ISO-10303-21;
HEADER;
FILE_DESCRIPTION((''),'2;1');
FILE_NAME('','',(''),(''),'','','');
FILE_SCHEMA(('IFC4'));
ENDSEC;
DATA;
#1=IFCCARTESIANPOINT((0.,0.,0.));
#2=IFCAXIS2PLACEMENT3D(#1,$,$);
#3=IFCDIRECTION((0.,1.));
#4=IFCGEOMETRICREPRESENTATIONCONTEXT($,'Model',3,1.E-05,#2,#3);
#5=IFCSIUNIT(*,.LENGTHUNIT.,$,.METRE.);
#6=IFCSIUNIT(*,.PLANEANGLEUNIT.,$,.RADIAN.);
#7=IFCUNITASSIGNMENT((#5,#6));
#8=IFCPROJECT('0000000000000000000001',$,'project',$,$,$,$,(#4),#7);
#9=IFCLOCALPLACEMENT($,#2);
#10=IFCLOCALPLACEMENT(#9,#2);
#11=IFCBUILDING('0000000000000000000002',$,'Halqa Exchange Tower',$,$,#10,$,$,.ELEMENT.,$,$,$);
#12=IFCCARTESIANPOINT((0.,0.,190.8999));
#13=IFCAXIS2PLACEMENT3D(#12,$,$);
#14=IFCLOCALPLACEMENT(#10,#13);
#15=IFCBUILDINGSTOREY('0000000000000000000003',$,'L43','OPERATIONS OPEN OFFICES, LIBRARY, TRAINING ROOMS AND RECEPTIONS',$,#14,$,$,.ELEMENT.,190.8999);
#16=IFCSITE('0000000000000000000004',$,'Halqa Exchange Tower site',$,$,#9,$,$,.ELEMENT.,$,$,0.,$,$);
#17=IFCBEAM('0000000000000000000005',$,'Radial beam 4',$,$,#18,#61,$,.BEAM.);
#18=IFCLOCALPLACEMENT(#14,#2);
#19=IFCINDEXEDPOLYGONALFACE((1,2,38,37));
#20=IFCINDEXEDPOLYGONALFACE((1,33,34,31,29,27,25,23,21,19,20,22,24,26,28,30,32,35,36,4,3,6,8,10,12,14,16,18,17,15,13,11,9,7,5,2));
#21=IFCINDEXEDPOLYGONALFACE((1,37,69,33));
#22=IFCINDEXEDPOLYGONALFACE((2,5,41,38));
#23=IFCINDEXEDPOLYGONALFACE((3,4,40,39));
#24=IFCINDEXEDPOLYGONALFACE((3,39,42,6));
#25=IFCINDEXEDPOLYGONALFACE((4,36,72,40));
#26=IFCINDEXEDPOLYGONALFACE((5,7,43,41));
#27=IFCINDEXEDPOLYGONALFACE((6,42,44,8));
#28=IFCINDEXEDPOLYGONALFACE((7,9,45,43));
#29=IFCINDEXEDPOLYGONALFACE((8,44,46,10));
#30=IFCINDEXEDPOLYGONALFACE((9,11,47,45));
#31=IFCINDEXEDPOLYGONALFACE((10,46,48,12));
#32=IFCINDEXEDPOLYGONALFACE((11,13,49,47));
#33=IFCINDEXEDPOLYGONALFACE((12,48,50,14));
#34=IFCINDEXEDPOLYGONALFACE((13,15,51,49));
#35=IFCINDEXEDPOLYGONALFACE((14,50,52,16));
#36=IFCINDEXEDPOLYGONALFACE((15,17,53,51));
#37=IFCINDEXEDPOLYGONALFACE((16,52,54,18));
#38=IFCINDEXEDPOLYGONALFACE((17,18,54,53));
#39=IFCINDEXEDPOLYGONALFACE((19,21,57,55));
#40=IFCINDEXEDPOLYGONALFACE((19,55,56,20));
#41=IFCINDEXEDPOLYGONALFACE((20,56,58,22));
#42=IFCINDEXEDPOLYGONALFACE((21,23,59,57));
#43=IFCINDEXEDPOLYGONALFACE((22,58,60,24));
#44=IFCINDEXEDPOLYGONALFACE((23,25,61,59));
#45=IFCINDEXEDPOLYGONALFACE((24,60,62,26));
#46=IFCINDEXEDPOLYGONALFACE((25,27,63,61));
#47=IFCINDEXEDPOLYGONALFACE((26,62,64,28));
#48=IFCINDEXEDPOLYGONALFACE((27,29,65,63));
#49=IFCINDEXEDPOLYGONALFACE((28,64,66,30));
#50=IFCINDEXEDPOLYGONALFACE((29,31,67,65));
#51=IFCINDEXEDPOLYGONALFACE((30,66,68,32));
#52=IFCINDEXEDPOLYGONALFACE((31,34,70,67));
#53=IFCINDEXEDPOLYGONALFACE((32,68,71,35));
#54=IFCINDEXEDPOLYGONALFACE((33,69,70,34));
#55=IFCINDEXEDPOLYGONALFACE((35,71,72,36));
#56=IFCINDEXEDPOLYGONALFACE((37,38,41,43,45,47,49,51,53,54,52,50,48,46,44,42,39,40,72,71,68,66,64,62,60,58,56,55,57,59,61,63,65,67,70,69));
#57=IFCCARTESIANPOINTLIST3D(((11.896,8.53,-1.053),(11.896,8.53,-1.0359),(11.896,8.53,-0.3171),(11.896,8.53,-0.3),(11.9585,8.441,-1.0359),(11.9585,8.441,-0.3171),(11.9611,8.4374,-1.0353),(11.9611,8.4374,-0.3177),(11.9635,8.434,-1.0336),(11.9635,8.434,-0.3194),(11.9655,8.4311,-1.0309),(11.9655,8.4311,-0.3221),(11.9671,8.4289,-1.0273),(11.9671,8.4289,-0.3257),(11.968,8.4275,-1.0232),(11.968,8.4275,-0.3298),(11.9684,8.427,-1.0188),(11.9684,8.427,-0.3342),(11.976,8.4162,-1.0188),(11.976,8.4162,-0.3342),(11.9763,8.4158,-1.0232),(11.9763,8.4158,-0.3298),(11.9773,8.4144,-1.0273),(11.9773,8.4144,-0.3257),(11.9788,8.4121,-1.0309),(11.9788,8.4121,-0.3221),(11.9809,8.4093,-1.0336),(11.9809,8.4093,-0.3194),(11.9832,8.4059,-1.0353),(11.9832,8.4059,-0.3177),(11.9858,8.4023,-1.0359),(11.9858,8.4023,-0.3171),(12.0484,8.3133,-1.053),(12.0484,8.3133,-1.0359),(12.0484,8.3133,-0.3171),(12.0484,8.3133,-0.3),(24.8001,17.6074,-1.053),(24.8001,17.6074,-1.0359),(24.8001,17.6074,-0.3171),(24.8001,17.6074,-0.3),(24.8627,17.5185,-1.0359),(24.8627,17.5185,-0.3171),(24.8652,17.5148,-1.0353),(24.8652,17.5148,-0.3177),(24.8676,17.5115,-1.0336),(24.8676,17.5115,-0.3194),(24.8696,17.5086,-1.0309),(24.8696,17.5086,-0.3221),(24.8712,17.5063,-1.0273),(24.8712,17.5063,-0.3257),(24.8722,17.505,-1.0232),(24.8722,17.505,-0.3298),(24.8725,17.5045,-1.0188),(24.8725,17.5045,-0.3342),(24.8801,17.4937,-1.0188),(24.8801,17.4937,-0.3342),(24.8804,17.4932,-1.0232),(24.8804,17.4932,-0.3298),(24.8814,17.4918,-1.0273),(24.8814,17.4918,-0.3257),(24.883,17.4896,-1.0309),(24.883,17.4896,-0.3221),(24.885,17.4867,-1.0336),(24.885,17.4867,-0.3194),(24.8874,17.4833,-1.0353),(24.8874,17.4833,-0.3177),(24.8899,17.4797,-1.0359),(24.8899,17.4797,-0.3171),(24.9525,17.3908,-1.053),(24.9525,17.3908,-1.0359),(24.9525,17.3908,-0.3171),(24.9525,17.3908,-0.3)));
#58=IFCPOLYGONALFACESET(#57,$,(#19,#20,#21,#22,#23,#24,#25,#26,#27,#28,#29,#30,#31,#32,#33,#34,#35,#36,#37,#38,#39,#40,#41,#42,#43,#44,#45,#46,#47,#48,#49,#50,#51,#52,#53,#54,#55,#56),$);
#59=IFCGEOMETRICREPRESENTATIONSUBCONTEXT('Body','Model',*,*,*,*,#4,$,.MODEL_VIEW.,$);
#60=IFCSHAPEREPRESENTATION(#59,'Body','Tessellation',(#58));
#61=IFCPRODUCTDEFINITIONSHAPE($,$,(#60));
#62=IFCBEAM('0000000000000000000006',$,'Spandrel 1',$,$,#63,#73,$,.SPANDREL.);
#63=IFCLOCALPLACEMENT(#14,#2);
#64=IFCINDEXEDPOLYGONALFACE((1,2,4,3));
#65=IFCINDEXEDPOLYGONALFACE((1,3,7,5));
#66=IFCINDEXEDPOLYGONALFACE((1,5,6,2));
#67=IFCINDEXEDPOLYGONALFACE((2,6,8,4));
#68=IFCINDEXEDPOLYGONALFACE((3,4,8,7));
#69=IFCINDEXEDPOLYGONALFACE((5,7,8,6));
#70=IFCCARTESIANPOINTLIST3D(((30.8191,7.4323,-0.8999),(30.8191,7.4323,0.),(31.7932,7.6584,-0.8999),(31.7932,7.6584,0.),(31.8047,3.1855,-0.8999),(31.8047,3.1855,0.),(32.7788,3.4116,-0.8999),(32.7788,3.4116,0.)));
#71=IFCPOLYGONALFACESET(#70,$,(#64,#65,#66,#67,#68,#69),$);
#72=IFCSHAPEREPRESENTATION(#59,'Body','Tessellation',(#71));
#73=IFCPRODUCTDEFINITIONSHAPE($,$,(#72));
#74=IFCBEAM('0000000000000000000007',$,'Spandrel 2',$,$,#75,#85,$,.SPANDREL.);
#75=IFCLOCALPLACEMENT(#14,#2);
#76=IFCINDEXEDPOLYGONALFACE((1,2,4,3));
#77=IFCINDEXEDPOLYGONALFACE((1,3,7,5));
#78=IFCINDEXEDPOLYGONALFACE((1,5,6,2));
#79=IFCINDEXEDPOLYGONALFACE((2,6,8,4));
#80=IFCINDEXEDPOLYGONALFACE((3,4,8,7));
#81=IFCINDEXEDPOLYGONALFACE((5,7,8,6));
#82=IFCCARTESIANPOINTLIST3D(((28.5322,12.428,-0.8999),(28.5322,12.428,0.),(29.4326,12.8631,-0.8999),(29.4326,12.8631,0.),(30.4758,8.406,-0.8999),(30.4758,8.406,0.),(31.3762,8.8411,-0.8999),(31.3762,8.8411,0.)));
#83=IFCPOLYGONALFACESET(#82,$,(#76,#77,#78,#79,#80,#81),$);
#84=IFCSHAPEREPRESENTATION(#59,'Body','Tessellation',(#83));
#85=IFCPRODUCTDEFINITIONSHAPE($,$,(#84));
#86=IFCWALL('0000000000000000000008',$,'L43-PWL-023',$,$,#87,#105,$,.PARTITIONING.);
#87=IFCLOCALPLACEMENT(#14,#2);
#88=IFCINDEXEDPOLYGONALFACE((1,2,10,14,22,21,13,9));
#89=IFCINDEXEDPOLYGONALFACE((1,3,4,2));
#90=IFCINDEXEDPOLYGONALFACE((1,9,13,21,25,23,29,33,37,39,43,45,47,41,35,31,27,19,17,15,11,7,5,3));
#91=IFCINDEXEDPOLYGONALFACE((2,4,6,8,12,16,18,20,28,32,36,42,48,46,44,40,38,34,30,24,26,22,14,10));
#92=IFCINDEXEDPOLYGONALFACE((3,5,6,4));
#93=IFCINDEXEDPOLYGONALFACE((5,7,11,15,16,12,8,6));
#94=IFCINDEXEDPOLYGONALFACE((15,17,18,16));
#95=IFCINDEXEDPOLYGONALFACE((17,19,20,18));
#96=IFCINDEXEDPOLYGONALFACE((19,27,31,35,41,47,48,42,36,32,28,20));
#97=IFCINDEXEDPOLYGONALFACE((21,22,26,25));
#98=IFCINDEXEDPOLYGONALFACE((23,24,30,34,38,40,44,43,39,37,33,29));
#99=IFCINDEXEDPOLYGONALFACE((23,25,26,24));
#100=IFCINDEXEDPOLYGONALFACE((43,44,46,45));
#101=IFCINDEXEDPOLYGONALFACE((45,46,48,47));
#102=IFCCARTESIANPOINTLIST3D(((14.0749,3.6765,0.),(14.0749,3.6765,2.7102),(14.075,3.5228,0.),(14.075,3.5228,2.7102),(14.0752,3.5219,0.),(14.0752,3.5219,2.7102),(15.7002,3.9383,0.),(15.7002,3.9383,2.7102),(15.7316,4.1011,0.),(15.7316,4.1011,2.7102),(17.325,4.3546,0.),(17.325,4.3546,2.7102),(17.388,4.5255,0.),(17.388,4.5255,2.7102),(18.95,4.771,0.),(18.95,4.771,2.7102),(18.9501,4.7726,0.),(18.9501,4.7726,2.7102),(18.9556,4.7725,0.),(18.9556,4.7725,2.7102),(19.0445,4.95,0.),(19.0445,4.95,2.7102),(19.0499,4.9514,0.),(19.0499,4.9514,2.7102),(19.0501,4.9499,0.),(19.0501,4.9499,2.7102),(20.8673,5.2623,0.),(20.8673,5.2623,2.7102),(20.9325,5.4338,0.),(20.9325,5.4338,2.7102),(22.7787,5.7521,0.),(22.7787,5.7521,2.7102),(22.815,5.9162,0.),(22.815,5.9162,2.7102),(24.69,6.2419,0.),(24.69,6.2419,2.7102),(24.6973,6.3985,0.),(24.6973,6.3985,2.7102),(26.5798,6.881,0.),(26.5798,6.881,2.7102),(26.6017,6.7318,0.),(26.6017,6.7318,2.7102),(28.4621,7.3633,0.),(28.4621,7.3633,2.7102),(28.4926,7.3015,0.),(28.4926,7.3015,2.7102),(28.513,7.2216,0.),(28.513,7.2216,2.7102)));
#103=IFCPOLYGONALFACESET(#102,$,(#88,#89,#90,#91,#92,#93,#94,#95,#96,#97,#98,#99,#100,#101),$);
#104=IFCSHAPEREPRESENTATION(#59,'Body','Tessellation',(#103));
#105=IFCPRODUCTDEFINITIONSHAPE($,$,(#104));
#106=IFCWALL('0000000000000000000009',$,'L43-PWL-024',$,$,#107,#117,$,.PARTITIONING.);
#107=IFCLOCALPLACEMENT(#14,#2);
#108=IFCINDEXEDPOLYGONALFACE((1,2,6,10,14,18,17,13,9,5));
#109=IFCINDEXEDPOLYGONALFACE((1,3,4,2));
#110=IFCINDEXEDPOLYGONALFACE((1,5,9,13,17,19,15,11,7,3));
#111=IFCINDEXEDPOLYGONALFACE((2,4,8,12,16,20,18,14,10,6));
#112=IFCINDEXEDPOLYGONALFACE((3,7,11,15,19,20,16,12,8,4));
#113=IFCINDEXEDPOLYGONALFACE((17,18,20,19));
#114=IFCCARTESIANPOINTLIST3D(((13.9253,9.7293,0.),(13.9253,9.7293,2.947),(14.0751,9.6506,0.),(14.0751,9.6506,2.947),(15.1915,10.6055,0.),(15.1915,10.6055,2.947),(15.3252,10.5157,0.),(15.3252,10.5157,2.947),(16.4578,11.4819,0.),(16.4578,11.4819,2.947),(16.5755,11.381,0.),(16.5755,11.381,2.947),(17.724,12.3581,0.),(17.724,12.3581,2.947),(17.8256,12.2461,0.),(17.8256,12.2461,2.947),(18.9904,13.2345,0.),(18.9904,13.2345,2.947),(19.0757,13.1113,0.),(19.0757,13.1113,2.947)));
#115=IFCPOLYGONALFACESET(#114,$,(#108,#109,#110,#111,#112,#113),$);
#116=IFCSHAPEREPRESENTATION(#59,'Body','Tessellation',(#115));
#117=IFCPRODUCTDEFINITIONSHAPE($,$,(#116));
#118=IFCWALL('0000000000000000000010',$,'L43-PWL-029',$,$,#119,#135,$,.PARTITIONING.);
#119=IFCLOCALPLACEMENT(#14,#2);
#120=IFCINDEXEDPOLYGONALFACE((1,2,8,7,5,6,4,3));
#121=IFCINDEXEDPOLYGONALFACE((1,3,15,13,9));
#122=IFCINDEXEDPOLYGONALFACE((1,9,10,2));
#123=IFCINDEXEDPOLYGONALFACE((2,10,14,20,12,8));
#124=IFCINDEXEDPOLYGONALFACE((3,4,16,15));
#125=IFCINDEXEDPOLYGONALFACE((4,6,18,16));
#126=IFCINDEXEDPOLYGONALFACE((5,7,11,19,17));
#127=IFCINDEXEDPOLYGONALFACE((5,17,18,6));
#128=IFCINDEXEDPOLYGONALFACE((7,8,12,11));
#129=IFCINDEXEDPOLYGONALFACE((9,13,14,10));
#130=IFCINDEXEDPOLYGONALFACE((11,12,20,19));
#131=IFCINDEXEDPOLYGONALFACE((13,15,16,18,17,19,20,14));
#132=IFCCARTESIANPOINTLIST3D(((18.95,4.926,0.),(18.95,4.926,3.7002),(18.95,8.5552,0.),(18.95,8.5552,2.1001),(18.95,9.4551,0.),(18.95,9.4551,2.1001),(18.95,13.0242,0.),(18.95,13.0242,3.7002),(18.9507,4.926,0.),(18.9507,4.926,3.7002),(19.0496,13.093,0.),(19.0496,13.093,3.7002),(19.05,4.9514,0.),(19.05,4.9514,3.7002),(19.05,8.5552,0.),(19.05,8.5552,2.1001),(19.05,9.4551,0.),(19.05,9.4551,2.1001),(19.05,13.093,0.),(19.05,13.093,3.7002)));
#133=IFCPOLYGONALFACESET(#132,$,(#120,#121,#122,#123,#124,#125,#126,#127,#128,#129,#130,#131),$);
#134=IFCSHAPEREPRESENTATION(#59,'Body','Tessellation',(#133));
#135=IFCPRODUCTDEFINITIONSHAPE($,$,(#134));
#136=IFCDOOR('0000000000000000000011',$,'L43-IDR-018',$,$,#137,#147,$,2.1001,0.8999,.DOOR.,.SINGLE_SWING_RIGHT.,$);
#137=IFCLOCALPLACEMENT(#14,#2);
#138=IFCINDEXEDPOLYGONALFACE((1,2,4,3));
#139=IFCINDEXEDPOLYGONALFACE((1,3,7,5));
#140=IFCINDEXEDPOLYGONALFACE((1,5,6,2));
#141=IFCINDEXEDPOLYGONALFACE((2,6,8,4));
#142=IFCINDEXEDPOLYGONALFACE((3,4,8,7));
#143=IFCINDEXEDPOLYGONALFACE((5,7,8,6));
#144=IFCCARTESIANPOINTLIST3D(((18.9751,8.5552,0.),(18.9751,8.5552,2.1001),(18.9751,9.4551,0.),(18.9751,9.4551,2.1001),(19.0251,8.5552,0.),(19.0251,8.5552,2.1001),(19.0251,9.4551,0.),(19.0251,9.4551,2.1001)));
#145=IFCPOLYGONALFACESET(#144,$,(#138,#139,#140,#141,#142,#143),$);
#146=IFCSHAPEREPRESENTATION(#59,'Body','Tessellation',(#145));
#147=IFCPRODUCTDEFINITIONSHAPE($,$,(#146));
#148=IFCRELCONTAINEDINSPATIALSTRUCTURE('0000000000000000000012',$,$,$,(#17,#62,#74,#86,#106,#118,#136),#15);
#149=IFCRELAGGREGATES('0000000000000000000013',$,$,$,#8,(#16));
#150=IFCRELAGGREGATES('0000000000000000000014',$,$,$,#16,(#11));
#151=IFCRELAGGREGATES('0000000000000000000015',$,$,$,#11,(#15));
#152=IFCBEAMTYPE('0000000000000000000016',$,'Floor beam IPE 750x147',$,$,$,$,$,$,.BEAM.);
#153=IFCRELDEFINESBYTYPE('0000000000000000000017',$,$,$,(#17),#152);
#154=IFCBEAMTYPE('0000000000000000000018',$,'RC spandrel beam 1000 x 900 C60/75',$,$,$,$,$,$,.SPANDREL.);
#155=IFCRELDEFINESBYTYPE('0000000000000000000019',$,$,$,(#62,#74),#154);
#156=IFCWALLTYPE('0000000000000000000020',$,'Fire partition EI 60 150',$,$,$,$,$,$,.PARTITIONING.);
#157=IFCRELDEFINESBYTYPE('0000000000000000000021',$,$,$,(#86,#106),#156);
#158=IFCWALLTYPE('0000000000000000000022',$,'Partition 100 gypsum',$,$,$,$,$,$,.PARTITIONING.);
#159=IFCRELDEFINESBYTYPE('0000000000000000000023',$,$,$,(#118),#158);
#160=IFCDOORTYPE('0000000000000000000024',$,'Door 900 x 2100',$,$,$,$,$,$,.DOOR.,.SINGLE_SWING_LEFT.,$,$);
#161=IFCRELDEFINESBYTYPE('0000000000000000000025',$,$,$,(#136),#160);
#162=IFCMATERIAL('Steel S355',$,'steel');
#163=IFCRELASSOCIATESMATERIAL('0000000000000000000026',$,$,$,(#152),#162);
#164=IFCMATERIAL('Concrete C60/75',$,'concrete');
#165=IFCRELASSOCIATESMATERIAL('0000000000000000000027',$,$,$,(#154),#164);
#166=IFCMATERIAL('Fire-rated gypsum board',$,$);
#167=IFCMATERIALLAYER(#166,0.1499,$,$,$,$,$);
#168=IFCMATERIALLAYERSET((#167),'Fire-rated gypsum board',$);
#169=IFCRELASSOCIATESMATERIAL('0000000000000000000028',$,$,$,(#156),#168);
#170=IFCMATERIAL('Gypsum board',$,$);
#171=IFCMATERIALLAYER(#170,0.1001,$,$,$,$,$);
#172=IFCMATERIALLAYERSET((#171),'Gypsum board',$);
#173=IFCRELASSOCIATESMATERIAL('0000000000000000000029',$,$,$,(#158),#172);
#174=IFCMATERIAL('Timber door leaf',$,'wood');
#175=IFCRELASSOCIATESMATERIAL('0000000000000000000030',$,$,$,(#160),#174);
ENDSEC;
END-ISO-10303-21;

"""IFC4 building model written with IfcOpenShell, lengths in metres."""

from ifc_helpers import new_model, si_unit, direction, frame, frame_2d, origin, origin_2d, place, context, subcontext, project, spatial, polyline, rectangle, i_section, outline, extrude, material, layer, layer_set, material_profile, profile_set, type_object, element, fill, save


model = new_model("IFC4")

# Units and contexts
model_context = context("Model", 3, precision=1e-05, world=origin(), true_north=direction((0.0, 1.0)))
body_context = subcontext(model_context, "Body", "Model", "MODEL_VIEW")
ifc_project = project(units=[si_unit("LENGTHUNIT", "METRE"), si_unit("PLANEANGLEUNIT", "RADIAN")], contexts=[model_context])

# Site, building, storey
site_placement = place(None, origin())
site = spatial("IfcSite", under=ifc_project, at=site_placement, Name="Halqa Exchange Tower site", CompositionType="ELEMENT", RefElevation=0.0)
building_placement = place(site_placement, origin())
building = spatial("IfcBuilding", under=site, at=building_placement, Name="Halqa Exchange Tower", CompositionType="ELEMENT")
storey_placement = place(building_placement, frame((0.0, 0.0, 190.8999)))
storey = spatial("IfcBuildingStorey", under=building, at=storey_placement, Name="L43", Description="OPERATIONS OPEN OFFICES, LIBRARY, TRAINING ROOMS AND RECEPTIONS", CompositionType="ELEMENT", Elevation=190.8999)

# Shared definitions
ifc_material_1 = material(Name="Concrete C60/75", Category="concrete")

# Beams
ifc_material_2 = material(Name="Steel S355", Category="steel")
ifc_material_profile_1 = material_profile(ifc_material_2, i_section(OverallWidth=0.2649, OverallDepth=0.7529, WebThickness=0.0132, FlangeThickness=0.0171, FilletRadius=0.0171, at=origin_2d()), Name="IPE 750x147")
ifc_profile_set_1 = profile_set([ifc_material_profile_1], Name="Steel S355")
beam_type_1 = type_object("IfcBeamType", Name="Floor beam IPE 750x147", PredefinedType="BEAM", material=ifc_profile_set_1)
beam_1_placement = place(storey_placement, frame((11.9722, 8.4216, -0.6765), z_axis=(0.817903, 0.575356, 0.0), x_axis=(-0.575356, 0.817903, 0.0)))
element("IfcBeam", 1, at=beam_1_placement, inside=storey, type_object=beam_type_1, Name="Radial beam 4", PredefinedType="BEAM", context=body_context, shape_type="SweptSolid", body=[
    extrude(i_section(OverallWidth=0.2649, OverallDepth=0.7529, WebThickness=0.0132, FlangeThickness=0.0171, FilletRadius=0.0171, at=origin_2d()), origin(), (0.0, 0.0, 1.0), 15.7771),
])
ifc_material_profile_2 = material_profile(ifc_material_1, rectangle(XDim=1.0, YDim=0.8999, at=origin_2d()), Name="1000 x 900")
ifc_profile_set_2 = profile_set([ifc_material_profile_2], Name="Concrete C60/75")
beam_type_2 = type_object("IfcBeamType", Name="RC spandrel beam 1000 x 900 C60/75", PredefinedType="SPANDREL", material=ifc_profile_set_2)
beam_2_placement = place(storey_placement, frame((32.2917, 3.2986, -0.45), z_axis=(-0.22607, 0.974111, 0.0), x_axis=(-0.974111, -0.22607, 0.0)))
element("IfcBeam", 2, at=beam_2_placement, inside=storey, type_object=beam_type_2, Name="Spandrel 1", PredefinedType="SPANDREL", context=body_context, shape_type="SweptSolid", body=[
    extrude(rectangle(XDim=1.0, YDim=0.8999, at=origin_2d()), origin(), (0.0, 0.0, 1.0), 4.3596),
])
beam_3_placement = place(storey_placement, frame((30.926, 8.6235, -0.45), z_axis=(-0.435105, 0.90038, 0.0), x_axis=(-0.90038, -0.435105, 0.0)))
element("IfcBeam", 3, at=beam_3_placement, inside=storey, type_object=beam_type_2, Name="Spandrel 2", PredefinedType="SPANDREL", context=body_context, shape_type="SweptSolid", body=[
    extrude(rectangle(XDim=1.0, YDim=0.8999, at=origin_2d()), origin(), (0.0, 0.0, 1.0), 4.467),
])

# Walls
ifc_material_3 = material(Name="Fire-rated gypsum board")
ifc_layer_1 = layer(ifc_material_3, 0.1499)
ifc_layer_set_1 = layer_set([ifc_layer_1], Name="Fire-rated gypsum board")
wall_type_1 = type_object("IfcWallType", Name="Fire partition EI 60 150", PredefinedType="PARTITIONING", material=ifc_layer_set_1)
wall_1_placement = place(storey_placement, frame((14.0566, 3.5945, 0.0), z_axis=(0.0, 0.0, 1.0), x_axis=(0.968701, 0.248232, 0.0)))
element("IfcWall", 4, at=wall_1_placement, inside=storey, type_object=wall_type_1, Name="L43-PWL-023", PredefinedType="PARTITIONING", context=body_context, shape_type="SweptSolid", body=[
    extrude(outline(polyline([(0.0, -0.075), (1.6775, -0.075), (3.3547, -0.075), (5.0322, -0.075), (5.0327, -0.0735), (5.0381, -0.075), (7.0115, -0.075), (8.9846, -0.075), (10.9578, -0.075), (12.9312, -0.075), (14.9043, -0.075), (14.9043, 0.0076), (14.8901, 0.075), (12.947, 0.075), (11.0037, 0.075), (9.0605, 0.075), (7.1172, 0.075), (5.1738, 0.075), (5.1736, 0.0735), (5.1682, 0.075), (3.4583, 0.075), (1.7483, 0.075), (0.0381, 0.075), (0.0, -0.074), (0.0, -0.075)])), origin(), (0.0, 0.0, 1.0), 2.7102),
])
wall_2_placement = place(storey_placement, frame((13.9678, 9.6675, 0.0), z_axis=(0.0, 0.0, 1.0), x_axis=(0.822291, 0.569068, 0.0)))
element("IfcWall", 5, at=wall_2_placement, inside=storey, type_object=wall_type_1, Name="L43-PWL-024", PredefinedType="PARTITIONING", context=body_context, shape_type="SweptSolid", body=[
    extrude(outline(polyline([(6.1599, 0.075), (4.6199, 0.075), (3.0801, 0.075), (1.54, 0.075), (0.0002, 0.075), (0.0786, -0.075), (1.5989, -0.075), (3.1194, -0.075), (4.6396, -0.075), (6.1599, -0.075), (6.1599, 0.075)])), origin(), (0.0, 0.0, 1.0), 2.947),
])

# Wall, opening, door
ifc_material_4 = material(Name="Gypsum board")
ifc_layer_2 = layer(ifc_material_4, 0.1001)
ifc_layer_set_2 = layer_set([ifc_layer_2], Name="Gypsum board")
wall_type_2 = type_object("IfcWallType", Name="Partition 100 gypsum", PredefinedType="PARTITIONING", material=ifc_layer_set_2)
ifc_material_5 = material(Name="Timber door leaf", Category="wood")
door_type = type_object("IfcDoorType", Name="Door 900 x 2100", OperationType="SINGLE_SWING_LEFT", PredefinedType="DOOR", material=ifc_material_5)
wall_3_placement = place(storey_placement, frame((19.0, 13.093, 0.0), z_axis=(0.0, 0.0, 1.0), x_axis=(0.0, -1.0, 0.0)))
wall_3 = element("IfcWall", 6, at=wall_3_placement, inside=storey, type_object=wall_type_2, Name="L43-PWL-029", PredefinedType="PARTITIONING", context=body_context, shape_type="SweptSolid", body=[
    extrude(outline(polyline([(8.167, -0.05), (8.167, -0.0493), (8.1416, 0.05), (6.5132, 0.05), (4.885, 0.05), (3.2566, 0.05), (1.6284, 0.05), (0.0, 0.05), (0.0, 0.0496), (0.0688, -0.05), (1.6885, -0.05), (3.3081, -0.05), (4.9277, -0.05), (6.5474, -0.05), (8.167, -0.05)])), origin(), (0.0, 0.0, 1.0), 3.7002),
])
opening_1_placement = place(wall_3_placement, frame((3.6379, 0.0, 0.0)))
opening_1 = element("IfcOpeningElement", 7, at=opening_1_placement, cuts=wall_3, PredefinedType="OPENING", context=body_context, shape_type="SweptSolid", body=[
    extrude(rectangle(XDim=0.8999, YDim=2.1001, at=frame_2d((0.45, 1.05))), frame((0.0, 0.062, 0.0), z_axis=(0.0, -1.0, 0.0), x_axis=(1.0, 0.0, 0.0)), (0.0, 0.0, 1.0), 0.124),
])
door_1_placement = place(opening_1_placement, frame((0.8999, 0.0, 0.0), z_axis=(0.0, 0.0, 1.0), x_axis=(-1.0, 0.0, 0.0)))
door_1 = element("IfcDoor", 8, at=door_1_placement, inside=storey, type_object=door_type, Name="L43-IDR-018", OperationType="SINGLE_SWING_RIGHT", OverallHeight=2.1001, OverallWidth=0.8999, PredefinedType="DOOR", context=body_context, shape_type="SweptSolid", body=[
    extrude(rectangle(XDim=0.8999, YDim=2.1001, at=frame_2d((0.45, 1.05))), frame((0.0, 0.0249, 0.0), z_axis=(0.0, -1.0, 0.0), x_axis=(1.0, 0.0, 0.0)), (0.0, 0.0, 1.0), 0.05),
])
fill(opening_1, door_1)

save(model, "model.ifc")
